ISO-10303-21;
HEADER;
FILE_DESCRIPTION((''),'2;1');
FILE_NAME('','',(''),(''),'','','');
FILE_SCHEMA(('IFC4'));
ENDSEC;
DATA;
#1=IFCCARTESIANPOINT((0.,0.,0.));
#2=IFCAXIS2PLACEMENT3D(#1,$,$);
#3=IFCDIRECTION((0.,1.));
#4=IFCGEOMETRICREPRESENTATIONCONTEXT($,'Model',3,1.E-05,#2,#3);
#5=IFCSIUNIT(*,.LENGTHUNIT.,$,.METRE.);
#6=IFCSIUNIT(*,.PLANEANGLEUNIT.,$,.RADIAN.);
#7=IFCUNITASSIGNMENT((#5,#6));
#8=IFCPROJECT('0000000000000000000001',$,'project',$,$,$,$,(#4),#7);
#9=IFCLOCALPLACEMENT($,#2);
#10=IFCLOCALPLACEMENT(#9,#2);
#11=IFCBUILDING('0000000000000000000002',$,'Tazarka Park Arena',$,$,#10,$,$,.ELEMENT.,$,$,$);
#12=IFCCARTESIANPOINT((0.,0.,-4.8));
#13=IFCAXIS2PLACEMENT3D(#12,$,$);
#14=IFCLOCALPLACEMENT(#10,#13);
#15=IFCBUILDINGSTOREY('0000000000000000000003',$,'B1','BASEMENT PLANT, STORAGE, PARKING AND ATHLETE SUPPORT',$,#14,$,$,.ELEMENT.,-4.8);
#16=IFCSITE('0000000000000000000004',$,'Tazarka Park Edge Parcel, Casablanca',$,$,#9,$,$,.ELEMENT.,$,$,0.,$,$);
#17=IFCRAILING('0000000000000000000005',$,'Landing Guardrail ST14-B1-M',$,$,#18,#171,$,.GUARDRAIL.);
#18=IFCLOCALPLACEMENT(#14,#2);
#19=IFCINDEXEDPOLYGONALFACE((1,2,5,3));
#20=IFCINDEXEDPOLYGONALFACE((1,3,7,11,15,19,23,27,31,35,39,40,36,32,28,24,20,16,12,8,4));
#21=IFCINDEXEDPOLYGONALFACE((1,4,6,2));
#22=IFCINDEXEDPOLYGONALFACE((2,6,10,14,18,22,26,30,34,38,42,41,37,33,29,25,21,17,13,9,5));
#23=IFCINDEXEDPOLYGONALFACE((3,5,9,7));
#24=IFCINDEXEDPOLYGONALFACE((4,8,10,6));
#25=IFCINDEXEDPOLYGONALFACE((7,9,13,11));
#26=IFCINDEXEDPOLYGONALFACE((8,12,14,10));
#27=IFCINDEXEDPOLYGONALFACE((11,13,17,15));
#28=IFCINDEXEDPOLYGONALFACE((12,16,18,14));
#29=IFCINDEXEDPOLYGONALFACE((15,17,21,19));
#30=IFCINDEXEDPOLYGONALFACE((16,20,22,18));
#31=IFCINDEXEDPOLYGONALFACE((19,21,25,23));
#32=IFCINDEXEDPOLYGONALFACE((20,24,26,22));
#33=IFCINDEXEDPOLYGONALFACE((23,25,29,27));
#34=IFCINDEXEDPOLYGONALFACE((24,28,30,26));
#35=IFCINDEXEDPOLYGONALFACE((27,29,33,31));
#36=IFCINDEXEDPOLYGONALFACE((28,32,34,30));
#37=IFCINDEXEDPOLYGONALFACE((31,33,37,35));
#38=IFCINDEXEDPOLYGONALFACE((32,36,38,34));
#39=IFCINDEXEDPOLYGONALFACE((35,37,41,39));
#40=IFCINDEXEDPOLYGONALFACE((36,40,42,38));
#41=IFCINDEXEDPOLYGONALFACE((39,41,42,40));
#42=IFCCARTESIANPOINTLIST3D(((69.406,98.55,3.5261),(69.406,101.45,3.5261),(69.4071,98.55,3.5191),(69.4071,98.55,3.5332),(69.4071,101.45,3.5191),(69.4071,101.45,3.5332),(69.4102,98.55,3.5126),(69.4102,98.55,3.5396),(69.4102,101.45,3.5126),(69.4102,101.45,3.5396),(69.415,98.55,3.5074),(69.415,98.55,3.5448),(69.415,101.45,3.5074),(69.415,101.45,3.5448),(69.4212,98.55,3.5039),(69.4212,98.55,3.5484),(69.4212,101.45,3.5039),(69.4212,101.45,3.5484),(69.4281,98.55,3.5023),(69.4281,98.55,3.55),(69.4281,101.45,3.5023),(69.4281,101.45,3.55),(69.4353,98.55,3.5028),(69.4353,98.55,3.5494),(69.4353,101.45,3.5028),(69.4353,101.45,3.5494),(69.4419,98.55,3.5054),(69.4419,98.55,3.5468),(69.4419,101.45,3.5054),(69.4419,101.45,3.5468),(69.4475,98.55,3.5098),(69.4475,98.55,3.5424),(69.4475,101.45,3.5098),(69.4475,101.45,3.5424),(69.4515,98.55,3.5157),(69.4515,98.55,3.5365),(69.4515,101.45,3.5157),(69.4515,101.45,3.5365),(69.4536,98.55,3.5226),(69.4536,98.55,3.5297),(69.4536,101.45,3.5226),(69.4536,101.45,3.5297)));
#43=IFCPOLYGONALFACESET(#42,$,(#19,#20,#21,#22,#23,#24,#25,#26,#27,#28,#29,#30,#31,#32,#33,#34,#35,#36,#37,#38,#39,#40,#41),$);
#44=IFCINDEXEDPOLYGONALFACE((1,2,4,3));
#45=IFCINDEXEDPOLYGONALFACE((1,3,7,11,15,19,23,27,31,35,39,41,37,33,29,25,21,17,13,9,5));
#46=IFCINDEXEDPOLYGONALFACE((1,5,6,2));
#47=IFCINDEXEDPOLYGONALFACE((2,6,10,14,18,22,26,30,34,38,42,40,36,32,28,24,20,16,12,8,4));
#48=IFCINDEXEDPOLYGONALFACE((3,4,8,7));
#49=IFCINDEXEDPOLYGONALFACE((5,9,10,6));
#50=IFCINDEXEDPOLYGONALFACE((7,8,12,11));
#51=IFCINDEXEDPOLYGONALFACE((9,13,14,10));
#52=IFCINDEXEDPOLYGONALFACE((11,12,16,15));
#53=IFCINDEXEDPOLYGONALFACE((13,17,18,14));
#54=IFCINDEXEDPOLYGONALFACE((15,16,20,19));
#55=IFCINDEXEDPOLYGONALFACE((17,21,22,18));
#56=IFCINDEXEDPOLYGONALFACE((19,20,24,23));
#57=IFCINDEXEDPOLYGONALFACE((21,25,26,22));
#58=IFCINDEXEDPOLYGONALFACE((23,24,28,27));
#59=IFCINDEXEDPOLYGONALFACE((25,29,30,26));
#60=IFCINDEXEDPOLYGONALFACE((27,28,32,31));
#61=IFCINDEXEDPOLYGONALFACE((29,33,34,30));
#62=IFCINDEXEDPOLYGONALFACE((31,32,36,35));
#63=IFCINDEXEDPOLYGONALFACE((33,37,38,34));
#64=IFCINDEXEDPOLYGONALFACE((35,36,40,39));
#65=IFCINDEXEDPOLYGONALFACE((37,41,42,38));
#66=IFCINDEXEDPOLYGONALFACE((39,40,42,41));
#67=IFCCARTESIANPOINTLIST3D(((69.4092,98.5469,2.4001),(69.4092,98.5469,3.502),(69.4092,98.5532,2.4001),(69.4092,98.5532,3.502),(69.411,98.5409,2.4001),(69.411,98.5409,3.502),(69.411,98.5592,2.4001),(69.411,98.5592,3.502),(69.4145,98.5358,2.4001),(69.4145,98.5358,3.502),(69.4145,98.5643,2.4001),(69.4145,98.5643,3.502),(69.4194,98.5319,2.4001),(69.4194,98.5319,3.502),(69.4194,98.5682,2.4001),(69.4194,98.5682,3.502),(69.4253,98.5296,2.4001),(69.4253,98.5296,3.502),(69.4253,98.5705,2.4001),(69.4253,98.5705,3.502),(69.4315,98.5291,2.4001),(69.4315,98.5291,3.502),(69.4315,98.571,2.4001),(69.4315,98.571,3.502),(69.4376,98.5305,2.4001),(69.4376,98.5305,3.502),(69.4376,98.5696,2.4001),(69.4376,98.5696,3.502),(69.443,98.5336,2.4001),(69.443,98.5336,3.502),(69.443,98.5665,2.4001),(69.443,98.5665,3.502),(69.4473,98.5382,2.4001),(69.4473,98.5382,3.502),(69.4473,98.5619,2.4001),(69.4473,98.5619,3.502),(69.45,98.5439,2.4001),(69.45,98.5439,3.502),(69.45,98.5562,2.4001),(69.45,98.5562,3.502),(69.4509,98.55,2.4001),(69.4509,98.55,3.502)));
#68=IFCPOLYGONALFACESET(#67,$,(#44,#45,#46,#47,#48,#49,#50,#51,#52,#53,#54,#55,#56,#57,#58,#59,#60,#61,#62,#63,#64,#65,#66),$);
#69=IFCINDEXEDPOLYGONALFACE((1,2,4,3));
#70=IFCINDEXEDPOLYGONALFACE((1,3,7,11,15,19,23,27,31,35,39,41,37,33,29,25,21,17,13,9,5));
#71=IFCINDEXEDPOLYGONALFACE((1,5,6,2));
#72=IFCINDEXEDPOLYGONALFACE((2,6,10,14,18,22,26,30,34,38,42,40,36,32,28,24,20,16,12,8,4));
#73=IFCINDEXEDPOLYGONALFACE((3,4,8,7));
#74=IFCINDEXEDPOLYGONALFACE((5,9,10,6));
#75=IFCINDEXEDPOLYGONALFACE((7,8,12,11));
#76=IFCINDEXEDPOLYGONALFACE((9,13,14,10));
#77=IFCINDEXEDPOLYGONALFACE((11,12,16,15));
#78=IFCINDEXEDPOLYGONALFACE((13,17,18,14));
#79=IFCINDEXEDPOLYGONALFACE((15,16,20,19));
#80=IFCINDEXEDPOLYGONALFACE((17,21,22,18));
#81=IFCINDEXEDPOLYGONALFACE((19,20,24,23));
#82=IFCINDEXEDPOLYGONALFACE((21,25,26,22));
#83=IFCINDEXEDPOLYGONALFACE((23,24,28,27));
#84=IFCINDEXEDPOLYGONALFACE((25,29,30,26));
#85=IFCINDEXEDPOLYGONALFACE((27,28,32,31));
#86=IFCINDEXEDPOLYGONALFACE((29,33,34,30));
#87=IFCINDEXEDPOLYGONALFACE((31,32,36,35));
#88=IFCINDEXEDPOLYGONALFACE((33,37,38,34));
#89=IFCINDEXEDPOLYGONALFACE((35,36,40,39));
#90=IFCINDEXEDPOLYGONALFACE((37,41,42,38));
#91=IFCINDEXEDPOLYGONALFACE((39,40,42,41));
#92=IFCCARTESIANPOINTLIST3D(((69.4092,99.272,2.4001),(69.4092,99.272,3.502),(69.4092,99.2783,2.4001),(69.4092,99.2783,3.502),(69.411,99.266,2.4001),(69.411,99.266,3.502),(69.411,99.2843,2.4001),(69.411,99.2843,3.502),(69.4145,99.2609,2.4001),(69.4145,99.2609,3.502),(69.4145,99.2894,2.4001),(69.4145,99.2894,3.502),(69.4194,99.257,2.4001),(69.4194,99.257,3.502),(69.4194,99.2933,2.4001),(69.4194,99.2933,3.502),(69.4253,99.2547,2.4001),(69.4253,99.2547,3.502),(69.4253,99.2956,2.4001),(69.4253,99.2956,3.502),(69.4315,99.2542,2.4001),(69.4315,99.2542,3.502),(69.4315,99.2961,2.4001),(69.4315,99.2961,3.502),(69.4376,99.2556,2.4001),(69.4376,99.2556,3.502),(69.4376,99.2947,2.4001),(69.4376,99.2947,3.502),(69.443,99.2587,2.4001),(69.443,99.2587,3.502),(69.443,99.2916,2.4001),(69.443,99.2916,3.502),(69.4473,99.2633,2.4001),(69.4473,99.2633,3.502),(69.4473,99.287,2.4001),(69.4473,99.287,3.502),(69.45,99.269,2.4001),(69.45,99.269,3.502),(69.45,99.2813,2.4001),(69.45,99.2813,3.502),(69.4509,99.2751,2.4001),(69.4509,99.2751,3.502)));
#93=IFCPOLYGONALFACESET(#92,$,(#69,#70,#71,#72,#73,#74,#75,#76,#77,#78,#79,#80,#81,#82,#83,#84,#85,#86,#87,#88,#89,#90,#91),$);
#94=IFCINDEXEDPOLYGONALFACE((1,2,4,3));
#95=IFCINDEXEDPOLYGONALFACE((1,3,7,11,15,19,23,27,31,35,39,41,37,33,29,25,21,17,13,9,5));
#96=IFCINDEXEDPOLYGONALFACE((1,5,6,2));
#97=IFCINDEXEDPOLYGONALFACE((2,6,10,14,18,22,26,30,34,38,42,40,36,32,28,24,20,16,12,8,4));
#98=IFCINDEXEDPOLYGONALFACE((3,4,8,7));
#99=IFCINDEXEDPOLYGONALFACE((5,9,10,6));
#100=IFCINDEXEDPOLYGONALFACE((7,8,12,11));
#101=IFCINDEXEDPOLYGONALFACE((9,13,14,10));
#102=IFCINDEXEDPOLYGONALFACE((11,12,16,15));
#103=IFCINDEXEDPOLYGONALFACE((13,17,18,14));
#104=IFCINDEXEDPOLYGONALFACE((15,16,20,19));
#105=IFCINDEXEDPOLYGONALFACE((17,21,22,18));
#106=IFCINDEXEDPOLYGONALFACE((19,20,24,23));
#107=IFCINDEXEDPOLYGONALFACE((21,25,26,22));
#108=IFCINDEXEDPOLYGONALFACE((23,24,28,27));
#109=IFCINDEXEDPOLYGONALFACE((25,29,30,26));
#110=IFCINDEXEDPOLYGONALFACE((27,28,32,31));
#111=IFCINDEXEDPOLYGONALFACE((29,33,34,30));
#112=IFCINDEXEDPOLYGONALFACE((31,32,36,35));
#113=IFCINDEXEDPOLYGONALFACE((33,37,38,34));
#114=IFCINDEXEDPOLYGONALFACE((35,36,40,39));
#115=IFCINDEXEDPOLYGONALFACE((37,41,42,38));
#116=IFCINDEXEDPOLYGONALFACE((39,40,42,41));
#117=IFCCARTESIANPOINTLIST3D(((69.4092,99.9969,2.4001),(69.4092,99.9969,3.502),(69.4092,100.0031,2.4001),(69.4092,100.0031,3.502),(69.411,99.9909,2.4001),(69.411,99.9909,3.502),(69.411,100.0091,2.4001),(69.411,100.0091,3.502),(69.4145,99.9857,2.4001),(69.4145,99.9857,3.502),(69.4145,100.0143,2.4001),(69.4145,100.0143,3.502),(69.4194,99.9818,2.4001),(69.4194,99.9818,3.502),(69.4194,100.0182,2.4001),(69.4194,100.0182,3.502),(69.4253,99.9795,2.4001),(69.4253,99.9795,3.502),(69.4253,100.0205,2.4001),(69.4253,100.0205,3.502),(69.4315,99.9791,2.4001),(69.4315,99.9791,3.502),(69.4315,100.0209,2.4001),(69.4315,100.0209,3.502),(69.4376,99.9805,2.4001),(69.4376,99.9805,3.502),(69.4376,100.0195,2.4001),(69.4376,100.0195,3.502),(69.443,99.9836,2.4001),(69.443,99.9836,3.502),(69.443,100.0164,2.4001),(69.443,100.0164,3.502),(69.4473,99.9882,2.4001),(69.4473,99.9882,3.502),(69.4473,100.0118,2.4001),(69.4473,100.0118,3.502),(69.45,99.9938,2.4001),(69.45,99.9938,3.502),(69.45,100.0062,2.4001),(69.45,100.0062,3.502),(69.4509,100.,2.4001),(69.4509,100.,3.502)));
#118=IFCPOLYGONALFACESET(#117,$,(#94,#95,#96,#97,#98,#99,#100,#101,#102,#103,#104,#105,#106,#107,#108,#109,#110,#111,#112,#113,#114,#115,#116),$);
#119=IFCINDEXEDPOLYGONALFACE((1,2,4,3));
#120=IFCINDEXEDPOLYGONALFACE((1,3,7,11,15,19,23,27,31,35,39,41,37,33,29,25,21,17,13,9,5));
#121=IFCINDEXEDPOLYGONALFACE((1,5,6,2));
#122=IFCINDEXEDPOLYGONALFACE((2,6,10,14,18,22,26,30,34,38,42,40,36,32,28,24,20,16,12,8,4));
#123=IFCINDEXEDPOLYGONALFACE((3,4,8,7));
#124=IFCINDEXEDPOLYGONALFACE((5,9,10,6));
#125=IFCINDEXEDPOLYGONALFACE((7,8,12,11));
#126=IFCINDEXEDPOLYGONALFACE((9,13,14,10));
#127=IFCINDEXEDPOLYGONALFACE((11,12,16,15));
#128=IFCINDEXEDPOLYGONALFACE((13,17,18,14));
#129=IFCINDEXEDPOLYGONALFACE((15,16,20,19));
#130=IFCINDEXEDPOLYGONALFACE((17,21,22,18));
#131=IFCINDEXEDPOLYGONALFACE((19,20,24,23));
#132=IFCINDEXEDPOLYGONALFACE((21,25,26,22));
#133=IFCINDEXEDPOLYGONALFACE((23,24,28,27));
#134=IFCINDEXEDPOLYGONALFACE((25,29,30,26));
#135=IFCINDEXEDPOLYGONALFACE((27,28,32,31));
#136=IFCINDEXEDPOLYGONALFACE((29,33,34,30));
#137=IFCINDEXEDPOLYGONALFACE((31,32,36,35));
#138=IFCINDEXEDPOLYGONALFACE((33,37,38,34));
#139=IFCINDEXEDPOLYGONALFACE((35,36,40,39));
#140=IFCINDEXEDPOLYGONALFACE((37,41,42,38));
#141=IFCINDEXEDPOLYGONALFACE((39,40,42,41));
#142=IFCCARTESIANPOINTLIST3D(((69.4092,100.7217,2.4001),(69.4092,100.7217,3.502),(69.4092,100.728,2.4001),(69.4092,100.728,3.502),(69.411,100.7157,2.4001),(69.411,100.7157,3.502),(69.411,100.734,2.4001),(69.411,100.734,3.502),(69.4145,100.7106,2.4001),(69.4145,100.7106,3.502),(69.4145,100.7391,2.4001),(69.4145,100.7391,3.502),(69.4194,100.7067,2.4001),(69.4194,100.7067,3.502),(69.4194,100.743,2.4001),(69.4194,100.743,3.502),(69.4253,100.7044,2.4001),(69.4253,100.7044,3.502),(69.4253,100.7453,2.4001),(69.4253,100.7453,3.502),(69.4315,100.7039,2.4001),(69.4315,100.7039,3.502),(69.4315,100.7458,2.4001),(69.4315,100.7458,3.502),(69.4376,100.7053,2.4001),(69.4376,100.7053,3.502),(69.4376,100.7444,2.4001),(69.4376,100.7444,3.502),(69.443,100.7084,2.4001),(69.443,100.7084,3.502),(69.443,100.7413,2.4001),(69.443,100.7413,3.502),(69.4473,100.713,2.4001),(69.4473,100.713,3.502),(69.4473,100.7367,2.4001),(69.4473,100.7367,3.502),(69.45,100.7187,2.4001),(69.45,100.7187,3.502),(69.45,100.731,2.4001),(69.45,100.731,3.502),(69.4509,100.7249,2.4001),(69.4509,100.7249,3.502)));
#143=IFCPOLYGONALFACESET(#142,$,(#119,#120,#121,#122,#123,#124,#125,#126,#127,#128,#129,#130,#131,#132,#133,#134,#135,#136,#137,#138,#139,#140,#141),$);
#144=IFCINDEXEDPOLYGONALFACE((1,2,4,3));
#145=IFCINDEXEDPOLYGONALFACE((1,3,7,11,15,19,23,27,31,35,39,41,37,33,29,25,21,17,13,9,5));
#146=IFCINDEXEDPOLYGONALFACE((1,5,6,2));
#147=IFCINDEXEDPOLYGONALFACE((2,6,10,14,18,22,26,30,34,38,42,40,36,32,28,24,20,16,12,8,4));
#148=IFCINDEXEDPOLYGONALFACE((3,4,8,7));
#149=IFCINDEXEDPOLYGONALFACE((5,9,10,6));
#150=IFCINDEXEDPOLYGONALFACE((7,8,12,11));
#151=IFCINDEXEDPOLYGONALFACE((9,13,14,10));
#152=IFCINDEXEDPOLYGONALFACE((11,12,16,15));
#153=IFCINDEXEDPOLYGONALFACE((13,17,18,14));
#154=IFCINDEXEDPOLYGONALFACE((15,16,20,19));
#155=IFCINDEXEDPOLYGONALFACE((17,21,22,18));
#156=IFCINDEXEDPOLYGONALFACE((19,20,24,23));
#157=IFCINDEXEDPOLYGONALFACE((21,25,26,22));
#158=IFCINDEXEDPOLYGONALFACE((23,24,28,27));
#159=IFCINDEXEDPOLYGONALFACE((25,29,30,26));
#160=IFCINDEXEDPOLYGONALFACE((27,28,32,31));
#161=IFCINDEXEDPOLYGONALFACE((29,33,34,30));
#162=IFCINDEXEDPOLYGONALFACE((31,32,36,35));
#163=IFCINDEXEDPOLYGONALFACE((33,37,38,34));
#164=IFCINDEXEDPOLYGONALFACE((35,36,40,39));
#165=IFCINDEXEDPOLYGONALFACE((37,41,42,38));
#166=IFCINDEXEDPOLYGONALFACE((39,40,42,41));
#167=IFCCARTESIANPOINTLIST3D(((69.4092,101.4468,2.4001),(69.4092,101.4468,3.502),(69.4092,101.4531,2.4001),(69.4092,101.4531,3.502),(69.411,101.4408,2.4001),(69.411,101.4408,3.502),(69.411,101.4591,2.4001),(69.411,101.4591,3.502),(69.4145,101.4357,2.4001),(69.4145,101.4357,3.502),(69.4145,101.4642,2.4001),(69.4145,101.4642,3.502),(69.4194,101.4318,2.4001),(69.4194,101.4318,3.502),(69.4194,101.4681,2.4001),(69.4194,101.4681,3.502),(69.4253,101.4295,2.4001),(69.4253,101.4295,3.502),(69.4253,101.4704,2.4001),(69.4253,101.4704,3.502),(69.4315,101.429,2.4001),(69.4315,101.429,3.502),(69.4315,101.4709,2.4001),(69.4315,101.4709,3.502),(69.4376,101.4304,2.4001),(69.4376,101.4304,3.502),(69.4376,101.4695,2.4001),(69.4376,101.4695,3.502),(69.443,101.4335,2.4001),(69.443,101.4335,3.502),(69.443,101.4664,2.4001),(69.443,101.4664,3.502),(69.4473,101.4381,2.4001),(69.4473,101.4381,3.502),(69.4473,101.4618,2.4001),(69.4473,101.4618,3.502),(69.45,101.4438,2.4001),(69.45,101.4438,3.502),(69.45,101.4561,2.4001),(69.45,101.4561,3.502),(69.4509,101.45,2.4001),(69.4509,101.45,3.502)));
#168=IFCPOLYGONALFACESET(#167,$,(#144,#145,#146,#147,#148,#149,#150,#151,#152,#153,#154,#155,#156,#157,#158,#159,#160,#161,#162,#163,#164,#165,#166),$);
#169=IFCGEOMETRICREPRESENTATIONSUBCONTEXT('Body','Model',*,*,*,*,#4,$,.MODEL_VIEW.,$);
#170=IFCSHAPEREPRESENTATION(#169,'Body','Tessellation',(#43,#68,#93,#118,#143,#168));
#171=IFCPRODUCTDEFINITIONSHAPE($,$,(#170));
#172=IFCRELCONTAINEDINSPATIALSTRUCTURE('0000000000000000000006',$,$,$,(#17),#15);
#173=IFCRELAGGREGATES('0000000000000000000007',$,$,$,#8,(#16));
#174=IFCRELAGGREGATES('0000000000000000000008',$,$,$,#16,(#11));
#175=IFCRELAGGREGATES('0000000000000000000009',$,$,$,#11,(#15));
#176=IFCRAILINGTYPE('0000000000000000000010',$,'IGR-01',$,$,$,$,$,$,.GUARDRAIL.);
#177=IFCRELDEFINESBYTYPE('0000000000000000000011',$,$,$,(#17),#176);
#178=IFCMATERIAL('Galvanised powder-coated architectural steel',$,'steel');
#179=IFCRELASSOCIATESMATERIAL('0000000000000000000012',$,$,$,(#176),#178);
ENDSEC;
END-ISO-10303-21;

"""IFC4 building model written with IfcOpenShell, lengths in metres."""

from ifc_helpers import new_model, si_unit, direction, frame, origin, origin_2d, place, context, subcontext, project, spatial, circle, extrude, material, type_object, element, save


model = new_model("IFC4")

# Units and contexts
model_context = context("Model", 3, precision=1e-05, world=origin(), true_north=direction((0.0, 1.0)))
body_context = subcontext(model_context, "Body", "Model", "MODEL_VIEW")
ifc_project = project(units=[si_unit("LENGTHUNIT", "METRE"), si_unit("PLANEANGLEUNIT", "RADIAN")], contexts=[model_context])

# Site, building, storey
site_placement = place(None, origin())
site = spatial("IfcSite", under=ifc_project, at=site_placement, Name="Tazarka Park Edge Parcel, Casablanca", CompositionType="ELEMENT", RefElevation=0.0)
building_placement = place(site_placement, origin())
building = spatial("IfcBuilding", under=site, at=building_placement, Name="Tazarka Park Arena", CompositionType="ELEMENT")
storey_placement = place(building_placement, frame((0.0, 0.0, -4.8)))
storey = spatial("IfcBuildingStorey", under=building, at=storey_placement, Name="B1", Description="BASEMENT PLANT, STORAGE, PARKING AND ATHLETE SUPPORT", CompositionType="ELEMENT", Elevation=-4.8)

# Railing
ifc_material_1 = material(Name="Galvanised powder-coated architectural steel", Category="steel")
railing_type_1 = type_object("IfcRailingType", Name="IGR-01", PredefinedType="GUARDRAIL", material=ifc_material_1)
railing_1_placement = place(storey_placement, frame((69.4299, 98.55, 2.4001)))
element("IfcRailing", 1, at=railing_1_placement, inside=storey, type_object=railing_type_1, Name="Landing Guardrail ST14-B1-M", PredefinedType="GUARDRAIL", context=body_context, shape_type="SweptSolid", body=[
    extrude(circle(Radius=0.0239, at=origin_2d()), frame((0.0, 0.0, 1.126), z_axis=(0.0, 1.0, 0.0), x_axis=(-1.0, 0.0, 0.0)), (0.0, 0.0, 1.0), 2.8999),
    extrude(circle(Radius=0.021, at=origin_2d()), origin(), (0.0, 0.0, 1.0), 1.1018),
    extrude(circle(Radius=0.021, at=origin_2d()), frame((0.0, 0.7251, 0.0)), (0.0, 0.0, 1.0), 1.1018),
    extrude(circle(Radius=0.021, at=origin_2d()), frame((0.0, 1.45, 0.0)), (0.0, 0.0, 1.0), 1.1018),
    extrude(circle(Radius=0.021, at=origin_2d()), frame((0.0, 2.1748, 0.0)), (0.0, 0.0, 1.0), 1.1018),
    extrude(circle(Radius=0.021, at=origin_2d()), frame((0.0, 2.8999, 0.0)), (0.0, 0.0, 1.0), 1.1018),
])

save(model, "model.ifc")
